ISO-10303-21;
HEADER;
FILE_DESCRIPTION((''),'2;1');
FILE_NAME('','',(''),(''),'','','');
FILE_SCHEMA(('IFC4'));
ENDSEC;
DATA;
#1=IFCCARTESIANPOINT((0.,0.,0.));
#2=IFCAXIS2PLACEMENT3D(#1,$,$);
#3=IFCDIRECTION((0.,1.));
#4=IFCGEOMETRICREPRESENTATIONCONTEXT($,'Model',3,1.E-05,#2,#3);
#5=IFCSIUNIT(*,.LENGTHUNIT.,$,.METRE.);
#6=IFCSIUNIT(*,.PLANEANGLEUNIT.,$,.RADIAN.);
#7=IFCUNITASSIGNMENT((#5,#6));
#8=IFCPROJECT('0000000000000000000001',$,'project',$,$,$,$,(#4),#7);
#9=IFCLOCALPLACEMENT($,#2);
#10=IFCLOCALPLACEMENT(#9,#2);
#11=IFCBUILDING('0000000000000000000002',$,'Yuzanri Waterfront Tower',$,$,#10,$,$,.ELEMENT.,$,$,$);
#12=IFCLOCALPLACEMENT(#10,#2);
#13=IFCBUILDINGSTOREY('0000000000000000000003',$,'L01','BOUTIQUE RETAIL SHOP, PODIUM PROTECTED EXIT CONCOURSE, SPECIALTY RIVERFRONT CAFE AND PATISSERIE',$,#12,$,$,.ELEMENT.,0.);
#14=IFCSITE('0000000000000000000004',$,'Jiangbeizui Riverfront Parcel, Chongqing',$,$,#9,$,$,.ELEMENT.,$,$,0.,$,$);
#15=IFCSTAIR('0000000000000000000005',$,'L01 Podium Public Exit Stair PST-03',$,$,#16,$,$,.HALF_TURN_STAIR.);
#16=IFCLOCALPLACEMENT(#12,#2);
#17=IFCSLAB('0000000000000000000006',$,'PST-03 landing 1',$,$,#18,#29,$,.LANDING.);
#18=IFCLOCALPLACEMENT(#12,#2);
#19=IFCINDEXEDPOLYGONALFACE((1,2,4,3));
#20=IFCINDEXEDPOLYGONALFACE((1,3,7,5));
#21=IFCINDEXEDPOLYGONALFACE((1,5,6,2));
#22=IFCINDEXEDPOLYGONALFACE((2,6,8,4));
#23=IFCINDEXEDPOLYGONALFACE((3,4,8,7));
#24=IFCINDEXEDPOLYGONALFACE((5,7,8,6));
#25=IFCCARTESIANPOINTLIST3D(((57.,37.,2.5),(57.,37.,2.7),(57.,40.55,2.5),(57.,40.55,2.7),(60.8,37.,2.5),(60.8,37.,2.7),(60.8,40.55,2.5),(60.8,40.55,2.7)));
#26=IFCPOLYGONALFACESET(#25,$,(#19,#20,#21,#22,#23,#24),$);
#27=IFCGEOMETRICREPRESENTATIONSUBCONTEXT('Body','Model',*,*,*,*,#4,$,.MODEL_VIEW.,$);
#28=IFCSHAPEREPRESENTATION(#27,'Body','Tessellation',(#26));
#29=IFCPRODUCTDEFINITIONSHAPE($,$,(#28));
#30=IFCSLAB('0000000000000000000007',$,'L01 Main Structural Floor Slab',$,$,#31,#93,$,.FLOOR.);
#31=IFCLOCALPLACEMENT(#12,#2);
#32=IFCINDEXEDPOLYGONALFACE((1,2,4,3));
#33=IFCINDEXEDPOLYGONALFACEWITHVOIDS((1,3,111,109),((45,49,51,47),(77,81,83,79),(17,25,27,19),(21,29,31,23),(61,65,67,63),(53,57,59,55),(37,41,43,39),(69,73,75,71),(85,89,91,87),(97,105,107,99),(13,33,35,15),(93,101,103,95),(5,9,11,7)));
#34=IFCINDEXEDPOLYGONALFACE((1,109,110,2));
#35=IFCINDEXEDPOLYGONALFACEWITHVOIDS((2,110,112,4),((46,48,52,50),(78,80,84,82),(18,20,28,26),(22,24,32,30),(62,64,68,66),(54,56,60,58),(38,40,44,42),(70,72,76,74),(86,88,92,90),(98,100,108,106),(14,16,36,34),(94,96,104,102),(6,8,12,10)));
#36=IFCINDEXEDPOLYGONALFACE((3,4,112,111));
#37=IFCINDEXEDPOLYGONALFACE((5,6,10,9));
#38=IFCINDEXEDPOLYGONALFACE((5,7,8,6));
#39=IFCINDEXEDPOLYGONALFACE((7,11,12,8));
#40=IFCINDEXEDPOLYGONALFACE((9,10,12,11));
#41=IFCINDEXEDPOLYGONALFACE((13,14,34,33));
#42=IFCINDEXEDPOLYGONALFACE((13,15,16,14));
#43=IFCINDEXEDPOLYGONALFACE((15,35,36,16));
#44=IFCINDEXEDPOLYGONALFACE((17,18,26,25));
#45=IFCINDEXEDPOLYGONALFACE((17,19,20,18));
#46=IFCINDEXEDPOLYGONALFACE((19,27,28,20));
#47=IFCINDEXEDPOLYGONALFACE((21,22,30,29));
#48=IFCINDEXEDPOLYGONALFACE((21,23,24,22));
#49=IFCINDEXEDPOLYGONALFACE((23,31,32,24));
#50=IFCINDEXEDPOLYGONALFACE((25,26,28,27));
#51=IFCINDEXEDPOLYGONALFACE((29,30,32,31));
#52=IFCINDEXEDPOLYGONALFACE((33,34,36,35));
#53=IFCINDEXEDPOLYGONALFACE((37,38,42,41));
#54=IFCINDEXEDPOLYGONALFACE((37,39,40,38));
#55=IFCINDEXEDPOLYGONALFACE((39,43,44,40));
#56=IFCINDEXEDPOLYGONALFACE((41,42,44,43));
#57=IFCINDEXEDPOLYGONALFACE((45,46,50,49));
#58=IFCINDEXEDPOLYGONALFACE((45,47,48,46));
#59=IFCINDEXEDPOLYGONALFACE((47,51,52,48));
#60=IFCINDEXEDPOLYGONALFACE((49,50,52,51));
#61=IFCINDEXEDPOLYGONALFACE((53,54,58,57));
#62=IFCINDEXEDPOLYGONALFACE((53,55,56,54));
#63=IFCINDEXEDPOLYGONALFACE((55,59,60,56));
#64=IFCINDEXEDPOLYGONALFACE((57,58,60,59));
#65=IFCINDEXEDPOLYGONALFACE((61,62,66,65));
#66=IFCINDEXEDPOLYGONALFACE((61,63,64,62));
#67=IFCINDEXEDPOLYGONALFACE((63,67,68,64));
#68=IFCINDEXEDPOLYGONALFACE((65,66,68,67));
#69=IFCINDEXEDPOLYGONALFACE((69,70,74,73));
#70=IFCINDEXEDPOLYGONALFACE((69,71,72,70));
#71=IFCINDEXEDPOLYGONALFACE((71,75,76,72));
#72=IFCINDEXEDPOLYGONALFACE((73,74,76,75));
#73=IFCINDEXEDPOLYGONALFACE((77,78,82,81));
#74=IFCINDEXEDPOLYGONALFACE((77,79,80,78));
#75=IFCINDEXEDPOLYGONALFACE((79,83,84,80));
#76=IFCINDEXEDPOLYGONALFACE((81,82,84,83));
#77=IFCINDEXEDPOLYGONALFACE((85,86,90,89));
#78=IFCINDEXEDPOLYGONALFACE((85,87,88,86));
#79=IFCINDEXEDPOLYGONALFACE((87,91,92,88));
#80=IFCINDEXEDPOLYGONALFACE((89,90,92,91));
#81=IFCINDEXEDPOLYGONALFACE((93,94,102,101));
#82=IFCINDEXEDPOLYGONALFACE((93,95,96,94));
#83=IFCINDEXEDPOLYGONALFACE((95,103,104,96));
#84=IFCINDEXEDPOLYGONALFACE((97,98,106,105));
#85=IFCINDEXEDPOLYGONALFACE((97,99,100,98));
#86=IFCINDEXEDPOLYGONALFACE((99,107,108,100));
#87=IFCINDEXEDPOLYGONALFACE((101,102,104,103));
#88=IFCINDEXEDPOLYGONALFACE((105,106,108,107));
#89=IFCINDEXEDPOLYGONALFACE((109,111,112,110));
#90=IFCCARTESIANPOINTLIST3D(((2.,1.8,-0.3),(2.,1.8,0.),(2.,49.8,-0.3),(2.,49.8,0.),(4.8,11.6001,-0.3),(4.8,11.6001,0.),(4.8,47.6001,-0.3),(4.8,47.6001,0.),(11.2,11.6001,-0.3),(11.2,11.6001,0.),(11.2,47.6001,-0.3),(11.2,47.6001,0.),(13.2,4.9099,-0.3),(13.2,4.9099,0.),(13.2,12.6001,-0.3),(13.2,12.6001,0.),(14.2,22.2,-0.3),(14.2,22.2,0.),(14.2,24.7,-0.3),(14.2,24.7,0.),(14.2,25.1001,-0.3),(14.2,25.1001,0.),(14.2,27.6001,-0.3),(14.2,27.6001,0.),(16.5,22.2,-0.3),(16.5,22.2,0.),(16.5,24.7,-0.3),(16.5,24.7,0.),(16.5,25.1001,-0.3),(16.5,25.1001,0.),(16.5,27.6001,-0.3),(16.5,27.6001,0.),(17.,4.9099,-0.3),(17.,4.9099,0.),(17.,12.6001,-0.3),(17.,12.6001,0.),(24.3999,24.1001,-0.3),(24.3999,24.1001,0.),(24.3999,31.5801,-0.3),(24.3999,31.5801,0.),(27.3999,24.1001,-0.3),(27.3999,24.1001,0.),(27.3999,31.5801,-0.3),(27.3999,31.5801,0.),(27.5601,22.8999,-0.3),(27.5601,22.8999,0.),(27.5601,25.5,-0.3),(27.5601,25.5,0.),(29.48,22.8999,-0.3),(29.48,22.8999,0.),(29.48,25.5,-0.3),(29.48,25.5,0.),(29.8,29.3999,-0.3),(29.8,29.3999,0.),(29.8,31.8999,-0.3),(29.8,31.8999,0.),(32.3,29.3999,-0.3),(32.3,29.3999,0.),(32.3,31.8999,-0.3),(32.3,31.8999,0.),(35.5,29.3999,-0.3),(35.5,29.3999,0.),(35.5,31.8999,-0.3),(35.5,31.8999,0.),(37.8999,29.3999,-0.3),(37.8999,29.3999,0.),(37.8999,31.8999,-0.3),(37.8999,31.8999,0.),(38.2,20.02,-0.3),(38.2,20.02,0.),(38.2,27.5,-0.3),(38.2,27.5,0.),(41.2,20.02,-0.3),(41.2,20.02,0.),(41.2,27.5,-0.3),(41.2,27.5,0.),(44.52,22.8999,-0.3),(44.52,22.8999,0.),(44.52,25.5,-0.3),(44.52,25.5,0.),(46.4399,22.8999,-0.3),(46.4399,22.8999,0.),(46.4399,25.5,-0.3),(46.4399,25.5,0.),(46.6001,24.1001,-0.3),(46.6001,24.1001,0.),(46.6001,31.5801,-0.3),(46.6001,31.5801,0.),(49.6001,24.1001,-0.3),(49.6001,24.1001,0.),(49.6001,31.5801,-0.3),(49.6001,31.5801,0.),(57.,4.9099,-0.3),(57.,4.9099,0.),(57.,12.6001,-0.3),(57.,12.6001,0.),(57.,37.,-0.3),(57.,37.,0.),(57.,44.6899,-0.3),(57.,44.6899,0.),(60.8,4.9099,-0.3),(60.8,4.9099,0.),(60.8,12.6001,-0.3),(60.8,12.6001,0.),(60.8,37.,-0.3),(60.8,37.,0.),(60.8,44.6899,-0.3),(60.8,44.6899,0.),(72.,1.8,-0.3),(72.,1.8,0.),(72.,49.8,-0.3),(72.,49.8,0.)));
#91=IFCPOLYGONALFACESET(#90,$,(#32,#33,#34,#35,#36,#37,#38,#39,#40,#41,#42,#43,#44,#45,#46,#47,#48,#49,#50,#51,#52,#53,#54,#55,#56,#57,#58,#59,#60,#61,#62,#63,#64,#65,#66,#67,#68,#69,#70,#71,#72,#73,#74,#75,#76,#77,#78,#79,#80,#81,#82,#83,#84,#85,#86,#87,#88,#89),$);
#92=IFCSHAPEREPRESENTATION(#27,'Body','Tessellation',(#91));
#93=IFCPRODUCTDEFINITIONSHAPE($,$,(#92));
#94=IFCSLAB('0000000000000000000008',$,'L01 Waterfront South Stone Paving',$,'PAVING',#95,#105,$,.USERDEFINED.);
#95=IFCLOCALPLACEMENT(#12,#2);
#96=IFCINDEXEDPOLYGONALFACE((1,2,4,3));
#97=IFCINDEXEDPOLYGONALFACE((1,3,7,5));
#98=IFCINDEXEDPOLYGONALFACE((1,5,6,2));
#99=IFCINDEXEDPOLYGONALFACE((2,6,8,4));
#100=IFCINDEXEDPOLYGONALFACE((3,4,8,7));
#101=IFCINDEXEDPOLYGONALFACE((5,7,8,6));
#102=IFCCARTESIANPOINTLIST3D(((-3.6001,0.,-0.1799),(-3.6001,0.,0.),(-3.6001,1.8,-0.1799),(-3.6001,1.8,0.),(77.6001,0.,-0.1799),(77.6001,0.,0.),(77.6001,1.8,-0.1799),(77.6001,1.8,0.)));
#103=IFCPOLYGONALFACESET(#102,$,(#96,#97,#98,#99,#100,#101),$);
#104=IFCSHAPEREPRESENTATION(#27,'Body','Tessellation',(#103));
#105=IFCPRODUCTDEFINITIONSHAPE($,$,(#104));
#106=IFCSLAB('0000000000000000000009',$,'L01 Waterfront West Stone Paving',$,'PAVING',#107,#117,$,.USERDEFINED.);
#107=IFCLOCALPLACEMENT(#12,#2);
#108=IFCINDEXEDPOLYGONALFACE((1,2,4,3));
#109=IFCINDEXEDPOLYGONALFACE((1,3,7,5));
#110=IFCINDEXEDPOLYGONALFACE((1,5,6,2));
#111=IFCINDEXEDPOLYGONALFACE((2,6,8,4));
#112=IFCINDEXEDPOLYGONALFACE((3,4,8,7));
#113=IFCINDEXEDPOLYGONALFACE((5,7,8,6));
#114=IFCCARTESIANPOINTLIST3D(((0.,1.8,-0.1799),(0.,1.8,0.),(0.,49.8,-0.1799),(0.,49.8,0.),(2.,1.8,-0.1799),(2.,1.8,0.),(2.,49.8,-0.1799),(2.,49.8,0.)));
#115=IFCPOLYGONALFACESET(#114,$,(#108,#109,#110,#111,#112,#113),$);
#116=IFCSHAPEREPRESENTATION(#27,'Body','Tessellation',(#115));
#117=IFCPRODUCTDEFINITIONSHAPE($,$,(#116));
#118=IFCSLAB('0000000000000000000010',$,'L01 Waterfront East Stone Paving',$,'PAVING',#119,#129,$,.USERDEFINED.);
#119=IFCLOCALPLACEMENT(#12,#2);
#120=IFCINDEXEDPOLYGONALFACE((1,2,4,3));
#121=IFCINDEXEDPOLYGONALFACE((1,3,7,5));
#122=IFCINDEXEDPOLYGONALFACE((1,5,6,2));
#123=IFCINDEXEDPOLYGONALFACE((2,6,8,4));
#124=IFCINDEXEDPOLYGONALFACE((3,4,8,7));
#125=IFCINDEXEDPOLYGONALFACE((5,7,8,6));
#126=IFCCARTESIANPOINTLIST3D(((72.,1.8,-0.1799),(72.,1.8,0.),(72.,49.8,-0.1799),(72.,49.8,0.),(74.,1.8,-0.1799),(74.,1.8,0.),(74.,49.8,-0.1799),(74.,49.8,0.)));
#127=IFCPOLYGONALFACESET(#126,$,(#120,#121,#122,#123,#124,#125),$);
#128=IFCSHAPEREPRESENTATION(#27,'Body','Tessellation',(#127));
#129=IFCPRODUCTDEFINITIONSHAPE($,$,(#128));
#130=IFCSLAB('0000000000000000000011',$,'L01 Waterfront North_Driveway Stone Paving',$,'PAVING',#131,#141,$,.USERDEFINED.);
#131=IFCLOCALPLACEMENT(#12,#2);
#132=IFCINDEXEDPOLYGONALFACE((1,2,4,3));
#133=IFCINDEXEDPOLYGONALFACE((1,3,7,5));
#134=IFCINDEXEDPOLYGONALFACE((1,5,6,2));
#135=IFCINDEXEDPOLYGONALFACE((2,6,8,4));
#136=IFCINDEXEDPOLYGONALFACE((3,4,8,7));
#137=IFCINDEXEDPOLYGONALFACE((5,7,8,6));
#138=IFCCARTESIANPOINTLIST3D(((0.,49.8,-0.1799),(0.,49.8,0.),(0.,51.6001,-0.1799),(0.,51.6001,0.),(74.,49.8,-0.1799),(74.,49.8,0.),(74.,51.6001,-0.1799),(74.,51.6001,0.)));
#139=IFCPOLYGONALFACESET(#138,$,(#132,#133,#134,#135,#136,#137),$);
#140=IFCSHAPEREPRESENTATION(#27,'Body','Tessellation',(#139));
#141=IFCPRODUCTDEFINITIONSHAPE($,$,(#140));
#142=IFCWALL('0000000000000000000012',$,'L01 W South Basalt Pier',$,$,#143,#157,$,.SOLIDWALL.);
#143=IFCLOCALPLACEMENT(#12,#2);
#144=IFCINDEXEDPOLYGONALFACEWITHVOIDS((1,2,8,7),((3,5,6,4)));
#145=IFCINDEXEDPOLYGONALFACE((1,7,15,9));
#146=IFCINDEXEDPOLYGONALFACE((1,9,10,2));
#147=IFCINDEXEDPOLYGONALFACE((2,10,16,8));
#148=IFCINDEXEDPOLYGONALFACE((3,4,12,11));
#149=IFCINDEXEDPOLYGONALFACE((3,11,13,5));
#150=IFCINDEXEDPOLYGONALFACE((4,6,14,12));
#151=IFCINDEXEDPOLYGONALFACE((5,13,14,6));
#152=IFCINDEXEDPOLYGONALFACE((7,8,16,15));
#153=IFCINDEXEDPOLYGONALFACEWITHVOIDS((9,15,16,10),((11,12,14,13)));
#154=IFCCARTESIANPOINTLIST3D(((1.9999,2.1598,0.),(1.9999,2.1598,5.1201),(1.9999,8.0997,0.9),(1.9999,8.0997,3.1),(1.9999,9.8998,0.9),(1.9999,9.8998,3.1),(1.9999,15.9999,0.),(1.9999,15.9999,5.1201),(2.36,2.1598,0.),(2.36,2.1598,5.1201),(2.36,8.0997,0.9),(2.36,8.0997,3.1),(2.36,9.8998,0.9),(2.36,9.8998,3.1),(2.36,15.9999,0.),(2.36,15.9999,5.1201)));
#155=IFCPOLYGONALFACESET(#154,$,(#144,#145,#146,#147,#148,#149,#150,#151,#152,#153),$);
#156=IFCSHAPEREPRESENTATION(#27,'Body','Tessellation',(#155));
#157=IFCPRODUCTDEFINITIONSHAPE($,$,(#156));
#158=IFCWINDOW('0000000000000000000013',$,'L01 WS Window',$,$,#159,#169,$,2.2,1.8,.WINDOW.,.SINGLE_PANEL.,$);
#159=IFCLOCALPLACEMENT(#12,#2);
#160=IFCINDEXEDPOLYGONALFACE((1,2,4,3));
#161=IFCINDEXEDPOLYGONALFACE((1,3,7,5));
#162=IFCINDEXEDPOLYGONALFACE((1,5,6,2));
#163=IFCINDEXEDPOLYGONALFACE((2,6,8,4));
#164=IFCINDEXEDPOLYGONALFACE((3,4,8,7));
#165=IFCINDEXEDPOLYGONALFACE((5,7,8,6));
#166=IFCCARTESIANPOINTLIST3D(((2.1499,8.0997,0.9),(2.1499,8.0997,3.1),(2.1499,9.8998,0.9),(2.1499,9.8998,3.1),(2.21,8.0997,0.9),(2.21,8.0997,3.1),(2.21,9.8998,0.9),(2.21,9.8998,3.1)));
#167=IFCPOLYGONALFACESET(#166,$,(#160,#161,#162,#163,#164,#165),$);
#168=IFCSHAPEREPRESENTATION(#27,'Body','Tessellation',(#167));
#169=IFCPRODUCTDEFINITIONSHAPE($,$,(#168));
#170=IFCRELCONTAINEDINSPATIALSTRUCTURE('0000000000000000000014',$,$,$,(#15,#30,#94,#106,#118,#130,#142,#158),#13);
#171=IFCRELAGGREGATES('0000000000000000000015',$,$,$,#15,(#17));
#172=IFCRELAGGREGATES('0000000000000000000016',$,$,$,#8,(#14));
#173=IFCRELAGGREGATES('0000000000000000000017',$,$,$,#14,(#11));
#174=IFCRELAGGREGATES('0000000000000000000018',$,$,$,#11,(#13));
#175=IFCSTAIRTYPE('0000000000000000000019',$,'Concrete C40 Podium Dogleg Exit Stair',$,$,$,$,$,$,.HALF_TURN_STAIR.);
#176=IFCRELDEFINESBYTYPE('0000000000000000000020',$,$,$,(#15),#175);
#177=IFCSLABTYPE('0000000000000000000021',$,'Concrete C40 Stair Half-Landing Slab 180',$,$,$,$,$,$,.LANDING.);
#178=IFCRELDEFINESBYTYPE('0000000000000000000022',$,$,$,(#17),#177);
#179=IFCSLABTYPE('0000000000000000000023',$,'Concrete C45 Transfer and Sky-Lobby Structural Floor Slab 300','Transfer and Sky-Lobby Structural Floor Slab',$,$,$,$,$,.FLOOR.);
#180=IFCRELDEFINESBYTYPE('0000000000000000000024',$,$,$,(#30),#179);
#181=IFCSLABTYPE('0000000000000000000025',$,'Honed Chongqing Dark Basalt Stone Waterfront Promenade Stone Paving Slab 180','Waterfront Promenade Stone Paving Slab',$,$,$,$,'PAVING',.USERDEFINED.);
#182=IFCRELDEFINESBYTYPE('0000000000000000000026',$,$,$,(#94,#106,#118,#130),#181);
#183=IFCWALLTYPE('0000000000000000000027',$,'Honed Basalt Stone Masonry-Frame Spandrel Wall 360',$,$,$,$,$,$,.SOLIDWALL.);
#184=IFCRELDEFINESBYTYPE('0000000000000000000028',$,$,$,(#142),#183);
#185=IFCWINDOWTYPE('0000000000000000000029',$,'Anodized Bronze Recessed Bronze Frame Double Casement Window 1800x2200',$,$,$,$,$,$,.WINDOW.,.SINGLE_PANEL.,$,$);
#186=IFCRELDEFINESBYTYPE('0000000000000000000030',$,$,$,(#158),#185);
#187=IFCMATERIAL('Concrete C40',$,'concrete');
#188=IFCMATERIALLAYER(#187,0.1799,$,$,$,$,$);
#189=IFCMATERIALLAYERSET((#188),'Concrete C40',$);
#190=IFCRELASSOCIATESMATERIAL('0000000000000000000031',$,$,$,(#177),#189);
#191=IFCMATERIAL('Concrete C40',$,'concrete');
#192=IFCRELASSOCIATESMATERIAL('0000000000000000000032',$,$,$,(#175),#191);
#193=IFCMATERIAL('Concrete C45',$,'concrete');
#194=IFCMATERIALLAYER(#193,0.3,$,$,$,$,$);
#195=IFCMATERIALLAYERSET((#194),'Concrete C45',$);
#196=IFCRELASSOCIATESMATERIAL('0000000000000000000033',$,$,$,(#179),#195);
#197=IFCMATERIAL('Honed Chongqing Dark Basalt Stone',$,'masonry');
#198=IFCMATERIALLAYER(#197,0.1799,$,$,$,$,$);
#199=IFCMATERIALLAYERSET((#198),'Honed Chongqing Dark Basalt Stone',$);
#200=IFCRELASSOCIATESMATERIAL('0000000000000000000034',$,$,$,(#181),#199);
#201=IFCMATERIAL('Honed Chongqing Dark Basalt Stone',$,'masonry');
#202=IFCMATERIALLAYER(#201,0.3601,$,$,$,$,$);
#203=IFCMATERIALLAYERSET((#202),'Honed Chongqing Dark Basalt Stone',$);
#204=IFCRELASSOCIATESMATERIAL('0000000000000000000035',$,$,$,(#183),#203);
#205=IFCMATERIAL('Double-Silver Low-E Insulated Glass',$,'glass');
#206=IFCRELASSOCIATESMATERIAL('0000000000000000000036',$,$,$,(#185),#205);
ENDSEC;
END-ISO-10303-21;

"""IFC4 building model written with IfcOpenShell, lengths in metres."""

from ifc_helpers import new_model, si_unit, direction, frame, frame_2d, origin, place, context, subcontext, project, spatial, polyline, rectangle, outline, extrude, source, transform, mapped, material, layer, layer_set, type_object, element, fill, aggregate, save


model = new_model("IFC4")

# Units and contexts
model_context = context("Model", 3, precision=1e-05, world=origin(), true_north=direction((0.0, 1.0)))
body_context = subcontext(model_context, "Body", "Model", "MODEL_VIEW")
ifc_project = project(units=[si_unit("LENGTHUNIT", "METRE"), si_unit("PLANEANGLEUNIT", "RADIAN")], contexts=[model_context])

# Site, building, storey
site_placement = place(None, origin())
site = spatial("IfcSite", under=ifc_project, at=site_placement, Name="Jiangbeizui Riverfront Parcel, Chongqing", CompositionType="ELEMENT", RefElevation=0.0)
building_placement = place(site_placement, origin())
building = spatial("IfcBuilding", under=site, at=building_placement, Name="Yuzanri Waterfront Tower", CompositionType="ELEMENT")
storey_placement = place(building_placement, origin())
storey = spatial("IfcBuildingStorey", under=building, at=storey_placement, Name="L01", Description="BOUTIQUE RETAIL SHOP, PODIUM PROTECTED EXIT CONCOURSE, SPECIALTY RIVERFRONT CAFE AND PATISSERIE", CompositionType="ELEMENT", Elevation=0.0)

# Stair, slab
ifc_material_1 = material(Name="Concrete C40", Category="concrete")
ifc_layer_1 = layer(ifc_material_1, 0.1799)
ifc_layer_set_1 = layer_set([ifc_layer_1], Name="Concrete C40")
slab_type_1 = type_object("IfcSlabType", Name="Concrete C40 Stair Half-Landing Slab 180", PredefinedType="LANDING", material=ifc_layer_set_1)
ifc_material_2 = material(Name="Concrete C40", Category="concrete")
stair_type_1 = type_object("IfcStairType", Name="Concrete C40 Podium Dogleg Exit Stair", PredefinedType="HALF_TURN_STAIR", material=ifc_material_2)
stair_1_placement = place(storey_placement, origin())
stair_1 = element("IfcStair", 1, at=stair_1_placement, inside=storey, type_object=stair_type_1, Name="L01 Podium Public Exit Stair PST-03", PredefinedType="HALF_TURN_STAIR")
slab_1_placement = place(storey_placement, frame((0.0, 0.0, 2.5)))
slab_1 = element("IfcSlab", 2, at=slab_1_placement, type_object=slab_type_1, Name="PST-03 landing 1", PredefinedType="LANDING", context=body_context, shape_type="SweptSolid", body=[
    extrude(outline(polyline([(57.0, 40.55), (57.0, 37.0), (60.8, 37.0), (60.8, 40.55), (57.0, 40.55)])), origin(), (0.0, 0.0, 1.0), 0.2),
])
aggregate(stair_1, [slab_1])

# Slabs
ifc_material_3 = material(Name="Concrete C45", Category="concrete")
ifc_layer_2 = layer(ifc_material_3, 0.3)
ifc_layer_set_2 = layer_set([ifc_layer_2], Name="Concrete C45")
slab_type_2 = type_object("IfcSlabType", Name="Concrete C45 Transfer and Sky-Lobby Structural Floor Slab 300", Description="Transfer and Sky-Lobby Structural Floor Slab", PredefinedType="FLOOR", material=ifc_layer_set_2)
slab_2_placement = place(storey_placement, frame((0.0, 0.0, -0.3)))
element("IfcSlab", 3, at=slab_2_placement, inside=storey, type_object=slab_type_2, Name="L01 Main Structural Floor Slab", PredefinedType="FLOOR", context=body_context, shape_type="SweptSolid", body=[
    extrude(outline(polyline([(2.0, 1.8), (72.0, 1.8), (72.0, 49.8), (2.0, 49.8), (2.0, 1.8)]), holes=[polyline([(27.3999, 24.1001), (27.3999, 31.5801), (24.3999, 31.5801), (24.3999, 24.1001), (27.3999, 24.1001)]), polyline([(49.6001, 24.1001), (49.6001, 31.5801), (46.6001, 31.5801), (46.6001, 24.1001), (49.6001, 24.1001)]), polyline([(38.2, 27.5), (38.2, 20.02), (41.2, 20.02), (41.2, 27.5), (38.2, 27.5)]), polyline([(17.0, 4.9099), (17.0, 12.6001), (13.2, 12.6001), (13.2, 4.9099), (17.0, 4.9099)]), polyline([(60.8, 4.9099), (60.8, 12.6001), (57.0, 12.6001), (57.0, 4.9099), (60.8, 4.9099)]), polyline([(57.0, 44.6899), (57.0, 37.0), (60.8, 37.0), (60.8, 44.6899), (57.0, 44.6899)]), polyline([(27.5601, 22.8999), (29.48, 22.8999), (29.48, 25.5), (27.5601, 25.5), (27.5601, 22.8999)]), polyline([(44.52, 22.8999), (46.4399, 22.8999), (46.4399, 25.5), (44.52, 25.5), (44.52, 22.8999)]), polyline([(29.8, 29.3999), (32.3, 29.3999), (32.3, 31.8999), (29.8, 31.8999), (29.8, 29.3999)]), polyline([(35.5, 29.3999), (37.8999, 29.3999), (37.8999, 31.8999), (35.5, 31.8999), (35.5, 29.3999)]), polyline([(14.2, 22.2), (16.5, 22.2), (16.5, 24.7), (14.2, 24.7), (14.2, 22.2)]), polyline([(14.2, 25.1001), (16.5, 25.1001), (16.5, 27.6001), (14.2, 27.6001), (14.2, 25.1001)]), polyline([(4.8, 11.6001), (11.2, 11.6001), (11.2, 47.6001), (4.8, 47.6001), (4.8, 11.6001)])]), origin(), (0.0, 0.0, 1.0), 0.3),
])
ifc_material_4 = material(Name="Honed Chongqing Dark Basalt Stone", Category="masonry")
ifc_layer_3 = layer(ifc_material_4, 0.1799)
ifc_layer_set_3 = layer_set([ifc_layer_3], Name="Honed Chongqing Dark Basalt Stone")
slab_type_3 = type_object("IfcSlabType", Name="Honed Chongqing Dark Basalt Stone Waterfront Promenade Stone Paving Slab 180", Description="Waterfront Promenade Stone Paving Slab", ElementType="PAVING", PredefinedType="USERDEFINED", material=ifc_layer_set_3)
slab_3_placement = place(storey_placement, frame((0.0, 0.0, -0.1799)))
element("IfcSlab", 4, at=slab_3_placement, inside=storey, type_object=slab_type_3, Name="L01 Waterfront South Stone Paving", ObjectType="PAVING", PredefinedType="USERDEFINED", context=body_context, shape_type="SweptSolid", body=[
    extrude(outline(polyline([(-3.6001, 0.0), (77.6001, 0.0), (77.6001, 1.8), (-3.6001, 1.8), (-3.6001, 0.0)])), origin(), (0.0, 0.0, 1.0), 0.1799),
])
slab_4_placement = place(storey_placement, frame((0.0, 0.0, -0.1799)))
element("IfcSlab", 5, at=slab_4_placement, inside=storey, type_object=slab_type_3, Name="L01 Waterfront West Stone Paving", ObjectType="PAVING", PredefinedType="USERDEFINED", context=body_context, shape_type="SweptSolid", body=[
    extrude(outline(polyline([(0.0, 1.8), (2.0, 1.8), (2.0, 49.8), (0.0, 49.8), (0.0, 1.8)])), origin(), (0.0, 0.0, 1.0), 0.1799),
])
slab_5_placement = place(storey_placement, frame((0.0, 0.0, -0.1799)))
element("IfcSlab", 6, at=slab_5_placement, inside=storey, type_object=slab_type_3, Name="L01 Waterfront East Stone Paving", ObjectType="PAVING", PredefinedType="USERDEFINED", context=body_context, shape_type="SweptSolid", body=[
    extrude(outline(polyline([(72.0, 1.8), (74.0, 1.8), (74.0, 49.8), (72.0, 49.8), (72.0, 1.8)])), origin(), (0.0, 0.0, 1.0), 0.1799),
])
slab_6_placement = place(storey_placement, frame((0.0, 0.0, -0.1799)))
element("IfcSlab", 7, at=slab_6_placement, inside=storey, type_object=slab_type_3, Name="L01 Waterfront North_Driveway Stone Paving", ObjectType="PAVING", PredefinedType="USERDEFINED", context=body_context, shape_type="SweptSolid", body=[
    extrude(outline(polyline([(0.0, 49.8), (74.0, 49.8), (74.0, 51.6001), (0.0, 51.6001), (0.0, 49.8)])), origin(), (0.0, 0.0, 1.0), 0.1799),
])

# Wall, opening, window
ifc_material_5 = material(Name="Honed Chongqing Dark Basalt Stone", Category="masonry")
ifc_layer_4 = layer(ifc_material_5, 0.3601)
ifc_layer_set_4 = layer_set([ifc_layer_4], Name="Honed Chongqing Dark Basalt Stone")
wall_type_1 = type_object("IfcWallType", Name="Honed Basalt Stone Masonry-Frame Spandrel Wall 360", PredefinedType="SOLIDWALL", material=ifc_layer_set_4)
wall_1_placement = place(storey_placement, frame((2.1799, 2.1599, 0.0), z_axis=(0.0, 0.0, 1.0), x_axis=(0.0, 1.0, 0.0)))
wall_1 = element("IfcWall", 8, at=wall_1_placement, inside=storey, type_object=wall_type_1, Name="L01 W South Basalt Pier", PredefinedType="SOLIDWALL", context=body_context, shape_type="SweptSolid", body=[
    extrude(rectangle(XDim=13.8401, YDim=0.3601, at=frame_2d((6.9199, 0.0))), origin(), (0.0, 0.0, 1.0), 5.1201),
])
opening_placement = place(wall_1_placement, frame((5.9399, 0.0, 0.8999)))
opening = element("IfcOpeningElement", 9, at=opening_placement, cuts=wall_1, PredefinedType="OPENING", context=body_context, shape_type="SweptSolid", body=[
    extrude(rectangle(XDim=1.8, YDim=2.2, at=frame_2d((0.8999, 1.1001))), frame((0.0, 0.1948, 0.0), z_axis=(0.0, -1.0, 0.0), x_axis=(1.0, 0.0, 0.0)), (0.0, 0.0, 1.0), 0.3899),
])
ifc_material_6 = material(Name="Double-Silver Low-E Insulated Glass", Category="glass")
window_type = type_object("IfcWindowType", Name="Anodized Bronze Recessed Bronze Frame Double Casement Window 1800x2200", PartitioningType="SINGLE_PANEL", PredefinedType="WINDOW", material=ifc_material_6)
shared_shape_1 = source(origin(), body_context, "Body", "SweptSolid", [
    extrude(rectangle(XDim=1.8, YDim=2.2, at=frame_2d((0.8999, 1.1001))), frame((0.0, 0.03, 0.0), z_axis=(0.0, -1.0, 0.0), x_axis=(1.0, 0.0, 0.0)), (0.0, 0.0, 1.0), 0.0601),
])
window_placement = place(opening_placement, origin())
window = element("IfcWindow", 10, at=window_placement, inside=storey, type_object=window_type, Name="L01 WS Window", OverallHeight=2.2, OverallWidth=1.8, PartitioningType="SINGLE_PANEL", PredefinedType="WINDOW", context=body_context, shape_type="MappedRepresentation", body=[
    mapped(shared_shape_1, transform((0.0, 0.0, 0.0), scale=1.0)),
])
fill(opening, window)

save(model, "model.ifc")
